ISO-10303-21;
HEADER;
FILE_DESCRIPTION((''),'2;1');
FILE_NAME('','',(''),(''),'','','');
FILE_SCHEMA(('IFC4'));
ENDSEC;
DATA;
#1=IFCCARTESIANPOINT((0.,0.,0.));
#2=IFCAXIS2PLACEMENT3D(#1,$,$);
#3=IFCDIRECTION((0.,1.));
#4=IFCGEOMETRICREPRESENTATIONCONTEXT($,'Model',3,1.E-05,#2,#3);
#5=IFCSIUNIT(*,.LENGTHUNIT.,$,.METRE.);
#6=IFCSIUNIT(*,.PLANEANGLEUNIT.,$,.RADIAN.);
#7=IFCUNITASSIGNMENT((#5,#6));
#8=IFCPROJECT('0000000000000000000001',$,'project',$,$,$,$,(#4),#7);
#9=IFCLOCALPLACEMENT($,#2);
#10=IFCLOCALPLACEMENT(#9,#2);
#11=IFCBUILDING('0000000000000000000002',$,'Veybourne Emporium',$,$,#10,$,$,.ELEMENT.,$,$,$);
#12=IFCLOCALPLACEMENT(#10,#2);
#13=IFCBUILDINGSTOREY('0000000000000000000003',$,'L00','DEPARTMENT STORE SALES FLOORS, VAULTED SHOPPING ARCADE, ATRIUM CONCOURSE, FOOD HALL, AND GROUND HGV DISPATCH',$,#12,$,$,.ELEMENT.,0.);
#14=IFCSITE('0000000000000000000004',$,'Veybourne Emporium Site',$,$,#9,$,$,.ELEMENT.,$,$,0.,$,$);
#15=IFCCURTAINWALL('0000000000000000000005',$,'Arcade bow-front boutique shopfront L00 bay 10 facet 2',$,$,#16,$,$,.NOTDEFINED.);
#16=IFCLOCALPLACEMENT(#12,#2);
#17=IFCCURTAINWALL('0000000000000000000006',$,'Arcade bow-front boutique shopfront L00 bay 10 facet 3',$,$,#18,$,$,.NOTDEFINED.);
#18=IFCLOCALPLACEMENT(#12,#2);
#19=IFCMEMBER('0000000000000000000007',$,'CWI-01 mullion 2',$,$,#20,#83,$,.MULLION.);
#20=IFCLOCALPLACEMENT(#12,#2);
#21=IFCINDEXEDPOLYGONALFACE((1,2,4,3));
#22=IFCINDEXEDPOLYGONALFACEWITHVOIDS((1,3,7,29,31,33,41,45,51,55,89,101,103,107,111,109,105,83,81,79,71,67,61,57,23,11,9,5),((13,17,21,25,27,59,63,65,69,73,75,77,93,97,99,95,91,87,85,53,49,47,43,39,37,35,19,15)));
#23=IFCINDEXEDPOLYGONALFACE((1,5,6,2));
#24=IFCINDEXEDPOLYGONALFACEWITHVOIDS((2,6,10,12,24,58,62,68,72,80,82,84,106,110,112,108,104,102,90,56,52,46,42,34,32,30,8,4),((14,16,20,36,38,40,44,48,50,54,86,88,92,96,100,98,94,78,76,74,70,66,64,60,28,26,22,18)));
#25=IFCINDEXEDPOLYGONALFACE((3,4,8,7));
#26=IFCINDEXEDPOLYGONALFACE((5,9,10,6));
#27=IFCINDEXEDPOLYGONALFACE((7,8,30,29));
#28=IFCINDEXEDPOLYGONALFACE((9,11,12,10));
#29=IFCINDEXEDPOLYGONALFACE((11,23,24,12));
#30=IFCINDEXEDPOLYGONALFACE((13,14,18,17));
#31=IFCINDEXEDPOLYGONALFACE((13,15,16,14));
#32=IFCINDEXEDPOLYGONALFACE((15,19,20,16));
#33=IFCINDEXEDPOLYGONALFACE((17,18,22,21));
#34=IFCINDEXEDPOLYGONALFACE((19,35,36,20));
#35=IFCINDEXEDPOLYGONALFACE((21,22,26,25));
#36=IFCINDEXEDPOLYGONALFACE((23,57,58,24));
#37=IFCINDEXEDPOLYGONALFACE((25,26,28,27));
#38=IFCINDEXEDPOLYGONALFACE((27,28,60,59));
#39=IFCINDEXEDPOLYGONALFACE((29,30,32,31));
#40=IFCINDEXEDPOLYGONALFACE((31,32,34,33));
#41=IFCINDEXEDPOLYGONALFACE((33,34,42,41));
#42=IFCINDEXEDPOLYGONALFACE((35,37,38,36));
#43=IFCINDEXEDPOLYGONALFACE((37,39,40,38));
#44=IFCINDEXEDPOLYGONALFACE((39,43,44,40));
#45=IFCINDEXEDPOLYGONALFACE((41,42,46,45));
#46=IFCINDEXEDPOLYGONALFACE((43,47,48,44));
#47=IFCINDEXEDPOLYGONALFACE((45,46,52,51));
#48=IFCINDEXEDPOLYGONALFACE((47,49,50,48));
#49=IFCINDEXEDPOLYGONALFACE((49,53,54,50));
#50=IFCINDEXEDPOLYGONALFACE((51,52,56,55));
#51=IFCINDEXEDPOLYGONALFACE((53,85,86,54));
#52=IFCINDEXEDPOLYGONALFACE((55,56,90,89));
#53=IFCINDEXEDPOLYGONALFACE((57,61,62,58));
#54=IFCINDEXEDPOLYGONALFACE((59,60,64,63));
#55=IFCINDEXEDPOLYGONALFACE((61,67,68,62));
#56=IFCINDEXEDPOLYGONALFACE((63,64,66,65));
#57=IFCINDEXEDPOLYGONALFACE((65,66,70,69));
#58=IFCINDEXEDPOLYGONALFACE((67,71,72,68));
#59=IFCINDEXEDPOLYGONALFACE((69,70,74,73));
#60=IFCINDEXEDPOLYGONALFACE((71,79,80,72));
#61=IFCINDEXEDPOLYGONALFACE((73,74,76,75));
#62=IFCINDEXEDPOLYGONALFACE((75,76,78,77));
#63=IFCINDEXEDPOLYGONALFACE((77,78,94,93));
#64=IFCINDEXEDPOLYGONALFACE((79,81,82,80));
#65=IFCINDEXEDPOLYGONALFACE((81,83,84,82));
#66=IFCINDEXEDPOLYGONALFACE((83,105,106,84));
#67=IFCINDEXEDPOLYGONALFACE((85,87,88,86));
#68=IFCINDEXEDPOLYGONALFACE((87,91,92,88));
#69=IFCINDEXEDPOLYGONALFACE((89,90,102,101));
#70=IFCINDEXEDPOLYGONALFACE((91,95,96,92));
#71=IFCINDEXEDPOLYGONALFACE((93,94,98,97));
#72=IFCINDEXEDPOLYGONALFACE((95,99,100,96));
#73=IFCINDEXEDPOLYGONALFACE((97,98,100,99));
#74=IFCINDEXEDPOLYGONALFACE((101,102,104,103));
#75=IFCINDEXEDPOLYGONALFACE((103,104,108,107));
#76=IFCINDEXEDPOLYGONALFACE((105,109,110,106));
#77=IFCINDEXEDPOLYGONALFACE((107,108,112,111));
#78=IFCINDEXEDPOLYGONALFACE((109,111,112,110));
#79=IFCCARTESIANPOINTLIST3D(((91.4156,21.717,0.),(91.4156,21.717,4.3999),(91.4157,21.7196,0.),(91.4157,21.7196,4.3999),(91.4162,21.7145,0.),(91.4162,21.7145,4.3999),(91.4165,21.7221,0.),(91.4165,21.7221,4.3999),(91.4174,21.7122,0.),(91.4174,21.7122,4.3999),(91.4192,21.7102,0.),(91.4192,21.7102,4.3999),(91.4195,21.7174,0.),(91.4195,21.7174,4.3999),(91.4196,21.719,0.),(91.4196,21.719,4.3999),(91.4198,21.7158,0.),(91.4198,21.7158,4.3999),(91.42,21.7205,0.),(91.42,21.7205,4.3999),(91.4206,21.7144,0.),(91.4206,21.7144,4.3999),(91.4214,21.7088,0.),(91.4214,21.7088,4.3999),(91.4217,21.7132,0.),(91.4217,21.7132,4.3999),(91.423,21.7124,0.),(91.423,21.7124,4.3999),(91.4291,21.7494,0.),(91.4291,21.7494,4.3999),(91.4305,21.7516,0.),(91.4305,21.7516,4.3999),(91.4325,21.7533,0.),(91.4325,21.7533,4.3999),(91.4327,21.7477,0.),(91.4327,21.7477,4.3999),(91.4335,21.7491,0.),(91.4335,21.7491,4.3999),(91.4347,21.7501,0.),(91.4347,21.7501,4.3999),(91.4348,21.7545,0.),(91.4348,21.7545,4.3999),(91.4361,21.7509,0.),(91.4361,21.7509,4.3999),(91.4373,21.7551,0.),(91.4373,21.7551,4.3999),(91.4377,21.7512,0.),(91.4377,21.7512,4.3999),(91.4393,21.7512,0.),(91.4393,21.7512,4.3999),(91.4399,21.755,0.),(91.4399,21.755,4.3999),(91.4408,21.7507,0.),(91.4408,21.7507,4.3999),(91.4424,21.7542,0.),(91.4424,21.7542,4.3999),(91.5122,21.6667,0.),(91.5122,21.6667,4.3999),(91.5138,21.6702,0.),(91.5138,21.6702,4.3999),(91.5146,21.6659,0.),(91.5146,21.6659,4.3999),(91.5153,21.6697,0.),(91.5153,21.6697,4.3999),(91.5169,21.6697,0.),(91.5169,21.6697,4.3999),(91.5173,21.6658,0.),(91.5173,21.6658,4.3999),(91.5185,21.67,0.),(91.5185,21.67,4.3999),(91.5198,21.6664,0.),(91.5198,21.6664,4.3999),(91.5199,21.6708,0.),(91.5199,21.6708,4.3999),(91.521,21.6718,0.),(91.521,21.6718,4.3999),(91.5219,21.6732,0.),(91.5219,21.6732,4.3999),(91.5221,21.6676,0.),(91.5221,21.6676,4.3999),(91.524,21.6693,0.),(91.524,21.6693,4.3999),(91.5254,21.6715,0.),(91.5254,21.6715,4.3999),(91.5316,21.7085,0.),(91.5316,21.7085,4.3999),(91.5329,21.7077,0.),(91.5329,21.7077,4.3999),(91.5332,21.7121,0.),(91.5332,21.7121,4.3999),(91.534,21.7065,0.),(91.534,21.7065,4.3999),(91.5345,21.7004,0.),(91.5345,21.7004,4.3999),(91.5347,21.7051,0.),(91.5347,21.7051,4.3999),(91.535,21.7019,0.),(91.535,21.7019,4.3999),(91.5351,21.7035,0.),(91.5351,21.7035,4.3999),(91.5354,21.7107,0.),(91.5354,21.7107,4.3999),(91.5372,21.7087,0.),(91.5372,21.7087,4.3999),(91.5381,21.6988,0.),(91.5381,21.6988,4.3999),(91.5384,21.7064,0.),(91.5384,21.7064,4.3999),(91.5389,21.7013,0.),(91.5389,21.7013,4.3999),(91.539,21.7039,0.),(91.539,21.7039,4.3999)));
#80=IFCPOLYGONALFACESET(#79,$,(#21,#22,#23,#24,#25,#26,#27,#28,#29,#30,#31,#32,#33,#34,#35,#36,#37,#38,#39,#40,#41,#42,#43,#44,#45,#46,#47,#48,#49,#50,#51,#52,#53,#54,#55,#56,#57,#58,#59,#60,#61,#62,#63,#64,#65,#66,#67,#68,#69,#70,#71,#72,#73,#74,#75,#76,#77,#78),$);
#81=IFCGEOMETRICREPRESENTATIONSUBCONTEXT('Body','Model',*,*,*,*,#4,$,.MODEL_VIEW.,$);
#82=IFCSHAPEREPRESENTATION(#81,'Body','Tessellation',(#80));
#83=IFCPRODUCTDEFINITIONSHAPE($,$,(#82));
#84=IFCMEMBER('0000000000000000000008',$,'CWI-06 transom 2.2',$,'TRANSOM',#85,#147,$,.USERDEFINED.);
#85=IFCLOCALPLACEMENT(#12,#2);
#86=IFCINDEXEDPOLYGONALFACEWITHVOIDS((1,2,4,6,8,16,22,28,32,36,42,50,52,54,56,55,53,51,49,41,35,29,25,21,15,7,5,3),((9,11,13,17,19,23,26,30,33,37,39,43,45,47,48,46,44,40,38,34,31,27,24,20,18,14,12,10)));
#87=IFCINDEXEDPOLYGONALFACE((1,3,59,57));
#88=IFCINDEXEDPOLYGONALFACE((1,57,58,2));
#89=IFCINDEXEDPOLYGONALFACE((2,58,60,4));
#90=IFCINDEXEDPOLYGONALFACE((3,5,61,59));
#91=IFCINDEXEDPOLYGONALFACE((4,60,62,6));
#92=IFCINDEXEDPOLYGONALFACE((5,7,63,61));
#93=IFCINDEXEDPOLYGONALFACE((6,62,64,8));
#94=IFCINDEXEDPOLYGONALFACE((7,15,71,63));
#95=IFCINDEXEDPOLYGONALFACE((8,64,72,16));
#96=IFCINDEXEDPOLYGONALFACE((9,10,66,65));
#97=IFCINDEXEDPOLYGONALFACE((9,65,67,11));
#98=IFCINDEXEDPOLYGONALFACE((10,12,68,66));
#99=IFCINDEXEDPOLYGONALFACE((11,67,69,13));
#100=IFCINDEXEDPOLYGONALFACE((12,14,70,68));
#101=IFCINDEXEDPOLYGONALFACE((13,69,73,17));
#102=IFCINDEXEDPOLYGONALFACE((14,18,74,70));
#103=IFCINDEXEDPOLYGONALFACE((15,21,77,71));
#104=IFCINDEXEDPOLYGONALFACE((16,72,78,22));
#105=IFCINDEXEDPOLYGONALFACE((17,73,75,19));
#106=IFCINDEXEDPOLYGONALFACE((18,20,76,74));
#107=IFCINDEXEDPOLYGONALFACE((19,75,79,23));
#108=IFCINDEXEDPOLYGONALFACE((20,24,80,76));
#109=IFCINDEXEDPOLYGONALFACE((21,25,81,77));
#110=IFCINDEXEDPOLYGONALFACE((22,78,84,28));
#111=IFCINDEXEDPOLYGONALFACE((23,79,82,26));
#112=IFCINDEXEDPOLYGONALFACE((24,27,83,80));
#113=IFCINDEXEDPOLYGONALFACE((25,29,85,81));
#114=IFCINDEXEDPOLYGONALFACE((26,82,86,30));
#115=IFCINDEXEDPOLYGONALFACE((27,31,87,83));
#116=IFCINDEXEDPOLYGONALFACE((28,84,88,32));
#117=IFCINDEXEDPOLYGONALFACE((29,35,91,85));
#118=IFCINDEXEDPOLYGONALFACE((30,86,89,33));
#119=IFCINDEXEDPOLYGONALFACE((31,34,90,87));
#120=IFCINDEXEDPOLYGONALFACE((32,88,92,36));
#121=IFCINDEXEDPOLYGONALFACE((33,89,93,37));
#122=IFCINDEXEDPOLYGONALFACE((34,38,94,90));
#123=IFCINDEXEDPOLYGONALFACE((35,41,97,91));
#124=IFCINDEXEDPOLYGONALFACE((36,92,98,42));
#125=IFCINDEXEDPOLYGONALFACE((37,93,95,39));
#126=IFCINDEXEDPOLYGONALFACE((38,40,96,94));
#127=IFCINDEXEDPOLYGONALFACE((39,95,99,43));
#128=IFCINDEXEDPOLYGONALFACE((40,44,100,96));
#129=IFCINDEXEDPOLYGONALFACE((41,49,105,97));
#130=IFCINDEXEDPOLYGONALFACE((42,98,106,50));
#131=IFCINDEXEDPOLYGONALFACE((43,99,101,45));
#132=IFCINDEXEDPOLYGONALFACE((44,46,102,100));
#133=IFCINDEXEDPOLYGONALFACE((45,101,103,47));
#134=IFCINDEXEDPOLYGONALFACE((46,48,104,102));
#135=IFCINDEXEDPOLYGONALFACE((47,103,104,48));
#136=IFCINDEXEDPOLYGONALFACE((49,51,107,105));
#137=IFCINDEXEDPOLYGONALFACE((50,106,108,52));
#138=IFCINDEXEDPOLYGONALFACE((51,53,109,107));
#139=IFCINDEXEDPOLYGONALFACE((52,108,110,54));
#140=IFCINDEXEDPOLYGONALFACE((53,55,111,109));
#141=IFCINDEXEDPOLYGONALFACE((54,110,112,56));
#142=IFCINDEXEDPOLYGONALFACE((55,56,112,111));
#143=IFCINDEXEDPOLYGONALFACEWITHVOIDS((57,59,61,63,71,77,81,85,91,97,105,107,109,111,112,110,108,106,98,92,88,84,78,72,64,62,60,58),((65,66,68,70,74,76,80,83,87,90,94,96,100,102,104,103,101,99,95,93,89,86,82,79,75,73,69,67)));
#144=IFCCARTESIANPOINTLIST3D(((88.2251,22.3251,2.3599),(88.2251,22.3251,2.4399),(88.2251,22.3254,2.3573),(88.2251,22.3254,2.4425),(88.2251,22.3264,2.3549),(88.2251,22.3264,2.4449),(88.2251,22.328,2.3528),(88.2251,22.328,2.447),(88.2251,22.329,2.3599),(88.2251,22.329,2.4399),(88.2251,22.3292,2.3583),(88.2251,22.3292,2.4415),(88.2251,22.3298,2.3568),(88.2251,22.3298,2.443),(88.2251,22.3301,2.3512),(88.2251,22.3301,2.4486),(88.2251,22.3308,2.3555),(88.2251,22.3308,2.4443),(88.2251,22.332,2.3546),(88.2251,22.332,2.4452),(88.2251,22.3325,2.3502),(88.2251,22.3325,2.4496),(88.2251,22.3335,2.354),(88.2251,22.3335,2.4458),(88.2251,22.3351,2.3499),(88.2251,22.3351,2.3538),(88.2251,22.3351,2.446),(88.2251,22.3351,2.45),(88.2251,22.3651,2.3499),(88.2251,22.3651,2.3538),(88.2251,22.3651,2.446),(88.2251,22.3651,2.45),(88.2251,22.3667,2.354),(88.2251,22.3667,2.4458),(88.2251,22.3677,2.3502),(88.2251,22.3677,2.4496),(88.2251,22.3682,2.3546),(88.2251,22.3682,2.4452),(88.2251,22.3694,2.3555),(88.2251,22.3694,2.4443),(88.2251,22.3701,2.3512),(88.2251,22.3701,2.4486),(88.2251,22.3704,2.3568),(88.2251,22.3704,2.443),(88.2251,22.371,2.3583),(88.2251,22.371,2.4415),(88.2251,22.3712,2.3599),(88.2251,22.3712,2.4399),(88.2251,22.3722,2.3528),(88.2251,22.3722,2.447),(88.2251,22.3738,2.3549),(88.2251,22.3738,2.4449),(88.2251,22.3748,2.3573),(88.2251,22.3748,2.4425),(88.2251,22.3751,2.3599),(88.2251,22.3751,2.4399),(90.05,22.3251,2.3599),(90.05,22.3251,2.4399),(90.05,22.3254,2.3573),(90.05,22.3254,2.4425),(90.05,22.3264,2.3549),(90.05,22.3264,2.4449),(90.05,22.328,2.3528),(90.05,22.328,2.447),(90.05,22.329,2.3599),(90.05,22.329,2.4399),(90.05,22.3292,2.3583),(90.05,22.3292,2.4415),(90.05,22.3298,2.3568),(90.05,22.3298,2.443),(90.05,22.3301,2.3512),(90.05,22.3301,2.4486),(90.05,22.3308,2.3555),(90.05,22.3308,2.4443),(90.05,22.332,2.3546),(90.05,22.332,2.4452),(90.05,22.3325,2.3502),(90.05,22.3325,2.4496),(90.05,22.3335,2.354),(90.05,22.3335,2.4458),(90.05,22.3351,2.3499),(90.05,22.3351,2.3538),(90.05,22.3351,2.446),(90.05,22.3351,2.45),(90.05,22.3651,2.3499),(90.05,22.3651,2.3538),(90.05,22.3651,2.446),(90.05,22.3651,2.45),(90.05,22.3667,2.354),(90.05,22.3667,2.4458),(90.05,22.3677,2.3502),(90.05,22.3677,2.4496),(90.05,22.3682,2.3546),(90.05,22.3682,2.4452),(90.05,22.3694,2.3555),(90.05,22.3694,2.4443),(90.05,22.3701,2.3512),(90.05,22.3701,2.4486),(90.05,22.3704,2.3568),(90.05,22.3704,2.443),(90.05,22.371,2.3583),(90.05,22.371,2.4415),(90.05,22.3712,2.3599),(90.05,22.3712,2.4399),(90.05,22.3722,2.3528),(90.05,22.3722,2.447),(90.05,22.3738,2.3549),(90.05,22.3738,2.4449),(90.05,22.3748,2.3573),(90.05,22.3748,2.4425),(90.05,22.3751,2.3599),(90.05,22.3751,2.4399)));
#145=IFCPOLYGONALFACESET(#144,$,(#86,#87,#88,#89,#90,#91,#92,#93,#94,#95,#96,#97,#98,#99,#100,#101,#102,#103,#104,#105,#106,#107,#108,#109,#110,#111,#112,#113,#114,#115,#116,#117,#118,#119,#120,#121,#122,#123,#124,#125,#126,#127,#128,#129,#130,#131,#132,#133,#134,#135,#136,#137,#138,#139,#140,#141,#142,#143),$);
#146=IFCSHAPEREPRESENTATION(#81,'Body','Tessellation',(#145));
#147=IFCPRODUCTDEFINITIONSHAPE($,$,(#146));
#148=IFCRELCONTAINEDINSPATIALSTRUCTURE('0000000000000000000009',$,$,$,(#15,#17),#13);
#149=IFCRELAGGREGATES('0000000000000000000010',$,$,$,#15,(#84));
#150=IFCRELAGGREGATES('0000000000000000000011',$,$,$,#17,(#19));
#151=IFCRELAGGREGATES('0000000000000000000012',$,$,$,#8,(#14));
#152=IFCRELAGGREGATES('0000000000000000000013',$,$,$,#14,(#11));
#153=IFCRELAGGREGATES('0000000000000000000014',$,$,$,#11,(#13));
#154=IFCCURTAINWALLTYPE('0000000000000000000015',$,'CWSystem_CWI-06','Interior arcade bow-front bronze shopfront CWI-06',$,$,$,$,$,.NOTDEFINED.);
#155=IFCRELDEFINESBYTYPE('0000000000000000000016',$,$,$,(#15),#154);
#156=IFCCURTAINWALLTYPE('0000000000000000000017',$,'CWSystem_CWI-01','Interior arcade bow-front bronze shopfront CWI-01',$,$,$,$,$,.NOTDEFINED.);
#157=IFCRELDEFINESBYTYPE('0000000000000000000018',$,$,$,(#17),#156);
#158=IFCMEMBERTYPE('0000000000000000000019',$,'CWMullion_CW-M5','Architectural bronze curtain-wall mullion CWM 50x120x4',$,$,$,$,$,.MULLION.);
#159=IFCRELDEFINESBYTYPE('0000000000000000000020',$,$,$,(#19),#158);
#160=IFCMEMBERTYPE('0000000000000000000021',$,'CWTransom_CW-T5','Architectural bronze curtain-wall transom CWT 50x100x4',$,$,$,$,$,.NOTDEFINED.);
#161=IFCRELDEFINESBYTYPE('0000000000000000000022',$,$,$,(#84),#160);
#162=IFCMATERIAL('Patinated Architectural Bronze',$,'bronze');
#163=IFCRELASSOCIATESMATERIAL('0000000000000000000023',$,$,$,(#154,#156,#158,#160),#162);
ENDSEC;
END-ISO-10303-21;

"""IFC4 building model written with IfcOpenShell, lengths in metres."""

from ifc_helpers import new_model, si_unit, direction, frame, origin, origin_2d, place, context, subcontext, project, spatial, hollow_rectangle, extrude, material, material_profile, profile_set, type_object, element, aggregate, save


model = new_model("IFC4")

# Units and contexts
model_context = context("Model", 3, precision=1e-05, world=origin(), true_north=direction((0.0, 1.0)))
body_context = subcontext(model_context, "Body", "Model", "MODEL_VIEW")
ifc_project = project(units=[si_unit("LENGTHUNIT", "METRE"), si_unit("PLANEANGLEUNIT", "RADIAN")], contexts=[model_context])

# Site, building, storey
site_placement = place(None, origin())
site = spatial("IfcSite", under=ifc_project, at=site_placement, Name="Veybourne Emporium Site", CompositionType="ELEMENT", RefElevation=0.0)
building_placement = place(site_placement, origin())
building = spatial("IfcBuilding", under=site, at=building_placement, Name="Veybourne Emporium", CompositionType="ELEMENT")
storey_placement = place(building_placement, origin())
storey = spatial("IfcBuildingStorey", under=building, at=storey_placement, Name="L00", Description="DEPARTMENT STORE SALES FLOORS, VAULTED SHOPPING ARCADE, ATRIUM CONCOURSE, FOOD HALL, AND GROUND HGV DISPATCH", CompositionType="ELEMENT", Elevation=0.0)

# Curtain wall
ifc_material_1 = material(Name="Patinated Architectural Bronze", Category="bronze")
curtain_wall_type_1 = type_object("IfcCurtainWallType", Name="CWSystem_CWI-06", Description="Interior arcade bow-front bronze shopfront CWI-06", PredefinedType="NOTDEFINED", material=ifc_material_1)
curtain_wall_1_placement = place(storey_placement, origin())
curtain_wall_1 = element("IfcCurtainWall", 1, at=curtain_wall_1_placement, inside=storey, type_object=curtain_wall_type_1, Name="Arcade bow-front boutique shopfront L00 bay 10 facet 2", PredefinedType="NOTDEFINED")
ifc_material_profile_1 = material_profile(ifc_material_1, hollow_rectangle(XDim=0.05, YDim=0.1201, WallThickness=0.0039, InnerFilletRadius=0.0061, OuterFilletRadius=0.01, at=origin_2d()), Name="CWM 50x120x4")
ifc_profile_set_1 = profile_set([ifc_material_profile_1], Name="Patinated Architectural Bronze")
member_type_1 = type_object("IfcMemberType", Name="CWMullion_CW-M5", Description="Architectural bronze curtain-wall mullion CWM 50x120x4", PredefinedType="MULLION", material=ifc_profile_set_1)

# Curtain wall, member
curtain_wall_type_2 = type_object("IfcCurtainWallType", Name="CWSystem_CWI-01", Description="Interior arcade bow-front bronze shopfront CWI-01", PredefinedType="NOTDEFINED", material=ifc_material_1)
curtain_wall_2_placement = place(storey_placement, origin())
curtain_wall_2 = element("IfcCurtainWall", 2, at=curtain_wall_2_placement, inside=storey, type_object=curtain_wall_type_2, Name="Arcade bow-front boutique shopfront L00 bay 10 facet 3", PredefinedType="NOTDEFINED")
member_1_placement = place(storey_placement, frame((91.4773, 21.7104, 0.0), z_axis=(0.0, 0.0, 1.0), x_axis=(0.421111, 0.907009, 0.0)))
member_1 = element("IfcMember", 3, at=member_1_placement, type_object=member_type_1, Name="CWI-01 mullion 2", PredefinedType="MULLION", context=body_context, shape_type="SweptSolid", body=[
    extrude(hollow_rectangle(XDim=0.05, YDim=0.1201, WallThickness=0.0039, InnerFilletRadius=0.0061, OuterFilletRadius=0.01, at=origin_2d()), origin(), (0.0, 0.0, 1.0), 4.3999),
])

# Member
ifc_material_profile_2 = material_profile(ifc_material_1, hollow_rectangle(XDim=0.05, YDim=0.1001, WallThickness=0.0039, InnerFilletRadius=0.0061, OuterFilletRadius=0.01, at=origin_2d()), Name="CWT 50x100x4")
ifc_profile_set_2 = profile_set([ifc_material_profile_2], Name="Patinated Architectural Bronze")
member_type_2 = type_object("IfcMemberType", Name="CWTransom_CW-T5", Description="Architectural bronze curtain-wall transom CWT 50x100x4", PredefinedType="NOTDEFINED", material=ifc_profile_set_2)
member_2_placement = place(storey_placement, frame((88.2251, 22.3501, 2.3999), z_axis=(1.0, 0.0, 0.0), x_axis=(0.0, 1.0, 0.0)))
member_2 = element("IfcMember", 4, at=member_2_placement, type_object=member_type_2, Name="CWI-06 transom 2.2", ObjectType="TRANSOM", PredefinedType="USERDEFINED", context=body_context, shape_type="SweptSolid", body=[
    extrude(hollow_rectangle(XDim=0.05, YDim=0.1001, WallThickness=0.0039, InnerFilletRadius=0.0061, OuterFilletRadius=0.01, at=origin_2d()), origin(), (0.0, 0.0, 1.0), 1.825),
])

aggregate(curtain_wall_1, [member_2])
aggregate(curtain_wall_2, [member_1])

save(model, "model.ifc")
